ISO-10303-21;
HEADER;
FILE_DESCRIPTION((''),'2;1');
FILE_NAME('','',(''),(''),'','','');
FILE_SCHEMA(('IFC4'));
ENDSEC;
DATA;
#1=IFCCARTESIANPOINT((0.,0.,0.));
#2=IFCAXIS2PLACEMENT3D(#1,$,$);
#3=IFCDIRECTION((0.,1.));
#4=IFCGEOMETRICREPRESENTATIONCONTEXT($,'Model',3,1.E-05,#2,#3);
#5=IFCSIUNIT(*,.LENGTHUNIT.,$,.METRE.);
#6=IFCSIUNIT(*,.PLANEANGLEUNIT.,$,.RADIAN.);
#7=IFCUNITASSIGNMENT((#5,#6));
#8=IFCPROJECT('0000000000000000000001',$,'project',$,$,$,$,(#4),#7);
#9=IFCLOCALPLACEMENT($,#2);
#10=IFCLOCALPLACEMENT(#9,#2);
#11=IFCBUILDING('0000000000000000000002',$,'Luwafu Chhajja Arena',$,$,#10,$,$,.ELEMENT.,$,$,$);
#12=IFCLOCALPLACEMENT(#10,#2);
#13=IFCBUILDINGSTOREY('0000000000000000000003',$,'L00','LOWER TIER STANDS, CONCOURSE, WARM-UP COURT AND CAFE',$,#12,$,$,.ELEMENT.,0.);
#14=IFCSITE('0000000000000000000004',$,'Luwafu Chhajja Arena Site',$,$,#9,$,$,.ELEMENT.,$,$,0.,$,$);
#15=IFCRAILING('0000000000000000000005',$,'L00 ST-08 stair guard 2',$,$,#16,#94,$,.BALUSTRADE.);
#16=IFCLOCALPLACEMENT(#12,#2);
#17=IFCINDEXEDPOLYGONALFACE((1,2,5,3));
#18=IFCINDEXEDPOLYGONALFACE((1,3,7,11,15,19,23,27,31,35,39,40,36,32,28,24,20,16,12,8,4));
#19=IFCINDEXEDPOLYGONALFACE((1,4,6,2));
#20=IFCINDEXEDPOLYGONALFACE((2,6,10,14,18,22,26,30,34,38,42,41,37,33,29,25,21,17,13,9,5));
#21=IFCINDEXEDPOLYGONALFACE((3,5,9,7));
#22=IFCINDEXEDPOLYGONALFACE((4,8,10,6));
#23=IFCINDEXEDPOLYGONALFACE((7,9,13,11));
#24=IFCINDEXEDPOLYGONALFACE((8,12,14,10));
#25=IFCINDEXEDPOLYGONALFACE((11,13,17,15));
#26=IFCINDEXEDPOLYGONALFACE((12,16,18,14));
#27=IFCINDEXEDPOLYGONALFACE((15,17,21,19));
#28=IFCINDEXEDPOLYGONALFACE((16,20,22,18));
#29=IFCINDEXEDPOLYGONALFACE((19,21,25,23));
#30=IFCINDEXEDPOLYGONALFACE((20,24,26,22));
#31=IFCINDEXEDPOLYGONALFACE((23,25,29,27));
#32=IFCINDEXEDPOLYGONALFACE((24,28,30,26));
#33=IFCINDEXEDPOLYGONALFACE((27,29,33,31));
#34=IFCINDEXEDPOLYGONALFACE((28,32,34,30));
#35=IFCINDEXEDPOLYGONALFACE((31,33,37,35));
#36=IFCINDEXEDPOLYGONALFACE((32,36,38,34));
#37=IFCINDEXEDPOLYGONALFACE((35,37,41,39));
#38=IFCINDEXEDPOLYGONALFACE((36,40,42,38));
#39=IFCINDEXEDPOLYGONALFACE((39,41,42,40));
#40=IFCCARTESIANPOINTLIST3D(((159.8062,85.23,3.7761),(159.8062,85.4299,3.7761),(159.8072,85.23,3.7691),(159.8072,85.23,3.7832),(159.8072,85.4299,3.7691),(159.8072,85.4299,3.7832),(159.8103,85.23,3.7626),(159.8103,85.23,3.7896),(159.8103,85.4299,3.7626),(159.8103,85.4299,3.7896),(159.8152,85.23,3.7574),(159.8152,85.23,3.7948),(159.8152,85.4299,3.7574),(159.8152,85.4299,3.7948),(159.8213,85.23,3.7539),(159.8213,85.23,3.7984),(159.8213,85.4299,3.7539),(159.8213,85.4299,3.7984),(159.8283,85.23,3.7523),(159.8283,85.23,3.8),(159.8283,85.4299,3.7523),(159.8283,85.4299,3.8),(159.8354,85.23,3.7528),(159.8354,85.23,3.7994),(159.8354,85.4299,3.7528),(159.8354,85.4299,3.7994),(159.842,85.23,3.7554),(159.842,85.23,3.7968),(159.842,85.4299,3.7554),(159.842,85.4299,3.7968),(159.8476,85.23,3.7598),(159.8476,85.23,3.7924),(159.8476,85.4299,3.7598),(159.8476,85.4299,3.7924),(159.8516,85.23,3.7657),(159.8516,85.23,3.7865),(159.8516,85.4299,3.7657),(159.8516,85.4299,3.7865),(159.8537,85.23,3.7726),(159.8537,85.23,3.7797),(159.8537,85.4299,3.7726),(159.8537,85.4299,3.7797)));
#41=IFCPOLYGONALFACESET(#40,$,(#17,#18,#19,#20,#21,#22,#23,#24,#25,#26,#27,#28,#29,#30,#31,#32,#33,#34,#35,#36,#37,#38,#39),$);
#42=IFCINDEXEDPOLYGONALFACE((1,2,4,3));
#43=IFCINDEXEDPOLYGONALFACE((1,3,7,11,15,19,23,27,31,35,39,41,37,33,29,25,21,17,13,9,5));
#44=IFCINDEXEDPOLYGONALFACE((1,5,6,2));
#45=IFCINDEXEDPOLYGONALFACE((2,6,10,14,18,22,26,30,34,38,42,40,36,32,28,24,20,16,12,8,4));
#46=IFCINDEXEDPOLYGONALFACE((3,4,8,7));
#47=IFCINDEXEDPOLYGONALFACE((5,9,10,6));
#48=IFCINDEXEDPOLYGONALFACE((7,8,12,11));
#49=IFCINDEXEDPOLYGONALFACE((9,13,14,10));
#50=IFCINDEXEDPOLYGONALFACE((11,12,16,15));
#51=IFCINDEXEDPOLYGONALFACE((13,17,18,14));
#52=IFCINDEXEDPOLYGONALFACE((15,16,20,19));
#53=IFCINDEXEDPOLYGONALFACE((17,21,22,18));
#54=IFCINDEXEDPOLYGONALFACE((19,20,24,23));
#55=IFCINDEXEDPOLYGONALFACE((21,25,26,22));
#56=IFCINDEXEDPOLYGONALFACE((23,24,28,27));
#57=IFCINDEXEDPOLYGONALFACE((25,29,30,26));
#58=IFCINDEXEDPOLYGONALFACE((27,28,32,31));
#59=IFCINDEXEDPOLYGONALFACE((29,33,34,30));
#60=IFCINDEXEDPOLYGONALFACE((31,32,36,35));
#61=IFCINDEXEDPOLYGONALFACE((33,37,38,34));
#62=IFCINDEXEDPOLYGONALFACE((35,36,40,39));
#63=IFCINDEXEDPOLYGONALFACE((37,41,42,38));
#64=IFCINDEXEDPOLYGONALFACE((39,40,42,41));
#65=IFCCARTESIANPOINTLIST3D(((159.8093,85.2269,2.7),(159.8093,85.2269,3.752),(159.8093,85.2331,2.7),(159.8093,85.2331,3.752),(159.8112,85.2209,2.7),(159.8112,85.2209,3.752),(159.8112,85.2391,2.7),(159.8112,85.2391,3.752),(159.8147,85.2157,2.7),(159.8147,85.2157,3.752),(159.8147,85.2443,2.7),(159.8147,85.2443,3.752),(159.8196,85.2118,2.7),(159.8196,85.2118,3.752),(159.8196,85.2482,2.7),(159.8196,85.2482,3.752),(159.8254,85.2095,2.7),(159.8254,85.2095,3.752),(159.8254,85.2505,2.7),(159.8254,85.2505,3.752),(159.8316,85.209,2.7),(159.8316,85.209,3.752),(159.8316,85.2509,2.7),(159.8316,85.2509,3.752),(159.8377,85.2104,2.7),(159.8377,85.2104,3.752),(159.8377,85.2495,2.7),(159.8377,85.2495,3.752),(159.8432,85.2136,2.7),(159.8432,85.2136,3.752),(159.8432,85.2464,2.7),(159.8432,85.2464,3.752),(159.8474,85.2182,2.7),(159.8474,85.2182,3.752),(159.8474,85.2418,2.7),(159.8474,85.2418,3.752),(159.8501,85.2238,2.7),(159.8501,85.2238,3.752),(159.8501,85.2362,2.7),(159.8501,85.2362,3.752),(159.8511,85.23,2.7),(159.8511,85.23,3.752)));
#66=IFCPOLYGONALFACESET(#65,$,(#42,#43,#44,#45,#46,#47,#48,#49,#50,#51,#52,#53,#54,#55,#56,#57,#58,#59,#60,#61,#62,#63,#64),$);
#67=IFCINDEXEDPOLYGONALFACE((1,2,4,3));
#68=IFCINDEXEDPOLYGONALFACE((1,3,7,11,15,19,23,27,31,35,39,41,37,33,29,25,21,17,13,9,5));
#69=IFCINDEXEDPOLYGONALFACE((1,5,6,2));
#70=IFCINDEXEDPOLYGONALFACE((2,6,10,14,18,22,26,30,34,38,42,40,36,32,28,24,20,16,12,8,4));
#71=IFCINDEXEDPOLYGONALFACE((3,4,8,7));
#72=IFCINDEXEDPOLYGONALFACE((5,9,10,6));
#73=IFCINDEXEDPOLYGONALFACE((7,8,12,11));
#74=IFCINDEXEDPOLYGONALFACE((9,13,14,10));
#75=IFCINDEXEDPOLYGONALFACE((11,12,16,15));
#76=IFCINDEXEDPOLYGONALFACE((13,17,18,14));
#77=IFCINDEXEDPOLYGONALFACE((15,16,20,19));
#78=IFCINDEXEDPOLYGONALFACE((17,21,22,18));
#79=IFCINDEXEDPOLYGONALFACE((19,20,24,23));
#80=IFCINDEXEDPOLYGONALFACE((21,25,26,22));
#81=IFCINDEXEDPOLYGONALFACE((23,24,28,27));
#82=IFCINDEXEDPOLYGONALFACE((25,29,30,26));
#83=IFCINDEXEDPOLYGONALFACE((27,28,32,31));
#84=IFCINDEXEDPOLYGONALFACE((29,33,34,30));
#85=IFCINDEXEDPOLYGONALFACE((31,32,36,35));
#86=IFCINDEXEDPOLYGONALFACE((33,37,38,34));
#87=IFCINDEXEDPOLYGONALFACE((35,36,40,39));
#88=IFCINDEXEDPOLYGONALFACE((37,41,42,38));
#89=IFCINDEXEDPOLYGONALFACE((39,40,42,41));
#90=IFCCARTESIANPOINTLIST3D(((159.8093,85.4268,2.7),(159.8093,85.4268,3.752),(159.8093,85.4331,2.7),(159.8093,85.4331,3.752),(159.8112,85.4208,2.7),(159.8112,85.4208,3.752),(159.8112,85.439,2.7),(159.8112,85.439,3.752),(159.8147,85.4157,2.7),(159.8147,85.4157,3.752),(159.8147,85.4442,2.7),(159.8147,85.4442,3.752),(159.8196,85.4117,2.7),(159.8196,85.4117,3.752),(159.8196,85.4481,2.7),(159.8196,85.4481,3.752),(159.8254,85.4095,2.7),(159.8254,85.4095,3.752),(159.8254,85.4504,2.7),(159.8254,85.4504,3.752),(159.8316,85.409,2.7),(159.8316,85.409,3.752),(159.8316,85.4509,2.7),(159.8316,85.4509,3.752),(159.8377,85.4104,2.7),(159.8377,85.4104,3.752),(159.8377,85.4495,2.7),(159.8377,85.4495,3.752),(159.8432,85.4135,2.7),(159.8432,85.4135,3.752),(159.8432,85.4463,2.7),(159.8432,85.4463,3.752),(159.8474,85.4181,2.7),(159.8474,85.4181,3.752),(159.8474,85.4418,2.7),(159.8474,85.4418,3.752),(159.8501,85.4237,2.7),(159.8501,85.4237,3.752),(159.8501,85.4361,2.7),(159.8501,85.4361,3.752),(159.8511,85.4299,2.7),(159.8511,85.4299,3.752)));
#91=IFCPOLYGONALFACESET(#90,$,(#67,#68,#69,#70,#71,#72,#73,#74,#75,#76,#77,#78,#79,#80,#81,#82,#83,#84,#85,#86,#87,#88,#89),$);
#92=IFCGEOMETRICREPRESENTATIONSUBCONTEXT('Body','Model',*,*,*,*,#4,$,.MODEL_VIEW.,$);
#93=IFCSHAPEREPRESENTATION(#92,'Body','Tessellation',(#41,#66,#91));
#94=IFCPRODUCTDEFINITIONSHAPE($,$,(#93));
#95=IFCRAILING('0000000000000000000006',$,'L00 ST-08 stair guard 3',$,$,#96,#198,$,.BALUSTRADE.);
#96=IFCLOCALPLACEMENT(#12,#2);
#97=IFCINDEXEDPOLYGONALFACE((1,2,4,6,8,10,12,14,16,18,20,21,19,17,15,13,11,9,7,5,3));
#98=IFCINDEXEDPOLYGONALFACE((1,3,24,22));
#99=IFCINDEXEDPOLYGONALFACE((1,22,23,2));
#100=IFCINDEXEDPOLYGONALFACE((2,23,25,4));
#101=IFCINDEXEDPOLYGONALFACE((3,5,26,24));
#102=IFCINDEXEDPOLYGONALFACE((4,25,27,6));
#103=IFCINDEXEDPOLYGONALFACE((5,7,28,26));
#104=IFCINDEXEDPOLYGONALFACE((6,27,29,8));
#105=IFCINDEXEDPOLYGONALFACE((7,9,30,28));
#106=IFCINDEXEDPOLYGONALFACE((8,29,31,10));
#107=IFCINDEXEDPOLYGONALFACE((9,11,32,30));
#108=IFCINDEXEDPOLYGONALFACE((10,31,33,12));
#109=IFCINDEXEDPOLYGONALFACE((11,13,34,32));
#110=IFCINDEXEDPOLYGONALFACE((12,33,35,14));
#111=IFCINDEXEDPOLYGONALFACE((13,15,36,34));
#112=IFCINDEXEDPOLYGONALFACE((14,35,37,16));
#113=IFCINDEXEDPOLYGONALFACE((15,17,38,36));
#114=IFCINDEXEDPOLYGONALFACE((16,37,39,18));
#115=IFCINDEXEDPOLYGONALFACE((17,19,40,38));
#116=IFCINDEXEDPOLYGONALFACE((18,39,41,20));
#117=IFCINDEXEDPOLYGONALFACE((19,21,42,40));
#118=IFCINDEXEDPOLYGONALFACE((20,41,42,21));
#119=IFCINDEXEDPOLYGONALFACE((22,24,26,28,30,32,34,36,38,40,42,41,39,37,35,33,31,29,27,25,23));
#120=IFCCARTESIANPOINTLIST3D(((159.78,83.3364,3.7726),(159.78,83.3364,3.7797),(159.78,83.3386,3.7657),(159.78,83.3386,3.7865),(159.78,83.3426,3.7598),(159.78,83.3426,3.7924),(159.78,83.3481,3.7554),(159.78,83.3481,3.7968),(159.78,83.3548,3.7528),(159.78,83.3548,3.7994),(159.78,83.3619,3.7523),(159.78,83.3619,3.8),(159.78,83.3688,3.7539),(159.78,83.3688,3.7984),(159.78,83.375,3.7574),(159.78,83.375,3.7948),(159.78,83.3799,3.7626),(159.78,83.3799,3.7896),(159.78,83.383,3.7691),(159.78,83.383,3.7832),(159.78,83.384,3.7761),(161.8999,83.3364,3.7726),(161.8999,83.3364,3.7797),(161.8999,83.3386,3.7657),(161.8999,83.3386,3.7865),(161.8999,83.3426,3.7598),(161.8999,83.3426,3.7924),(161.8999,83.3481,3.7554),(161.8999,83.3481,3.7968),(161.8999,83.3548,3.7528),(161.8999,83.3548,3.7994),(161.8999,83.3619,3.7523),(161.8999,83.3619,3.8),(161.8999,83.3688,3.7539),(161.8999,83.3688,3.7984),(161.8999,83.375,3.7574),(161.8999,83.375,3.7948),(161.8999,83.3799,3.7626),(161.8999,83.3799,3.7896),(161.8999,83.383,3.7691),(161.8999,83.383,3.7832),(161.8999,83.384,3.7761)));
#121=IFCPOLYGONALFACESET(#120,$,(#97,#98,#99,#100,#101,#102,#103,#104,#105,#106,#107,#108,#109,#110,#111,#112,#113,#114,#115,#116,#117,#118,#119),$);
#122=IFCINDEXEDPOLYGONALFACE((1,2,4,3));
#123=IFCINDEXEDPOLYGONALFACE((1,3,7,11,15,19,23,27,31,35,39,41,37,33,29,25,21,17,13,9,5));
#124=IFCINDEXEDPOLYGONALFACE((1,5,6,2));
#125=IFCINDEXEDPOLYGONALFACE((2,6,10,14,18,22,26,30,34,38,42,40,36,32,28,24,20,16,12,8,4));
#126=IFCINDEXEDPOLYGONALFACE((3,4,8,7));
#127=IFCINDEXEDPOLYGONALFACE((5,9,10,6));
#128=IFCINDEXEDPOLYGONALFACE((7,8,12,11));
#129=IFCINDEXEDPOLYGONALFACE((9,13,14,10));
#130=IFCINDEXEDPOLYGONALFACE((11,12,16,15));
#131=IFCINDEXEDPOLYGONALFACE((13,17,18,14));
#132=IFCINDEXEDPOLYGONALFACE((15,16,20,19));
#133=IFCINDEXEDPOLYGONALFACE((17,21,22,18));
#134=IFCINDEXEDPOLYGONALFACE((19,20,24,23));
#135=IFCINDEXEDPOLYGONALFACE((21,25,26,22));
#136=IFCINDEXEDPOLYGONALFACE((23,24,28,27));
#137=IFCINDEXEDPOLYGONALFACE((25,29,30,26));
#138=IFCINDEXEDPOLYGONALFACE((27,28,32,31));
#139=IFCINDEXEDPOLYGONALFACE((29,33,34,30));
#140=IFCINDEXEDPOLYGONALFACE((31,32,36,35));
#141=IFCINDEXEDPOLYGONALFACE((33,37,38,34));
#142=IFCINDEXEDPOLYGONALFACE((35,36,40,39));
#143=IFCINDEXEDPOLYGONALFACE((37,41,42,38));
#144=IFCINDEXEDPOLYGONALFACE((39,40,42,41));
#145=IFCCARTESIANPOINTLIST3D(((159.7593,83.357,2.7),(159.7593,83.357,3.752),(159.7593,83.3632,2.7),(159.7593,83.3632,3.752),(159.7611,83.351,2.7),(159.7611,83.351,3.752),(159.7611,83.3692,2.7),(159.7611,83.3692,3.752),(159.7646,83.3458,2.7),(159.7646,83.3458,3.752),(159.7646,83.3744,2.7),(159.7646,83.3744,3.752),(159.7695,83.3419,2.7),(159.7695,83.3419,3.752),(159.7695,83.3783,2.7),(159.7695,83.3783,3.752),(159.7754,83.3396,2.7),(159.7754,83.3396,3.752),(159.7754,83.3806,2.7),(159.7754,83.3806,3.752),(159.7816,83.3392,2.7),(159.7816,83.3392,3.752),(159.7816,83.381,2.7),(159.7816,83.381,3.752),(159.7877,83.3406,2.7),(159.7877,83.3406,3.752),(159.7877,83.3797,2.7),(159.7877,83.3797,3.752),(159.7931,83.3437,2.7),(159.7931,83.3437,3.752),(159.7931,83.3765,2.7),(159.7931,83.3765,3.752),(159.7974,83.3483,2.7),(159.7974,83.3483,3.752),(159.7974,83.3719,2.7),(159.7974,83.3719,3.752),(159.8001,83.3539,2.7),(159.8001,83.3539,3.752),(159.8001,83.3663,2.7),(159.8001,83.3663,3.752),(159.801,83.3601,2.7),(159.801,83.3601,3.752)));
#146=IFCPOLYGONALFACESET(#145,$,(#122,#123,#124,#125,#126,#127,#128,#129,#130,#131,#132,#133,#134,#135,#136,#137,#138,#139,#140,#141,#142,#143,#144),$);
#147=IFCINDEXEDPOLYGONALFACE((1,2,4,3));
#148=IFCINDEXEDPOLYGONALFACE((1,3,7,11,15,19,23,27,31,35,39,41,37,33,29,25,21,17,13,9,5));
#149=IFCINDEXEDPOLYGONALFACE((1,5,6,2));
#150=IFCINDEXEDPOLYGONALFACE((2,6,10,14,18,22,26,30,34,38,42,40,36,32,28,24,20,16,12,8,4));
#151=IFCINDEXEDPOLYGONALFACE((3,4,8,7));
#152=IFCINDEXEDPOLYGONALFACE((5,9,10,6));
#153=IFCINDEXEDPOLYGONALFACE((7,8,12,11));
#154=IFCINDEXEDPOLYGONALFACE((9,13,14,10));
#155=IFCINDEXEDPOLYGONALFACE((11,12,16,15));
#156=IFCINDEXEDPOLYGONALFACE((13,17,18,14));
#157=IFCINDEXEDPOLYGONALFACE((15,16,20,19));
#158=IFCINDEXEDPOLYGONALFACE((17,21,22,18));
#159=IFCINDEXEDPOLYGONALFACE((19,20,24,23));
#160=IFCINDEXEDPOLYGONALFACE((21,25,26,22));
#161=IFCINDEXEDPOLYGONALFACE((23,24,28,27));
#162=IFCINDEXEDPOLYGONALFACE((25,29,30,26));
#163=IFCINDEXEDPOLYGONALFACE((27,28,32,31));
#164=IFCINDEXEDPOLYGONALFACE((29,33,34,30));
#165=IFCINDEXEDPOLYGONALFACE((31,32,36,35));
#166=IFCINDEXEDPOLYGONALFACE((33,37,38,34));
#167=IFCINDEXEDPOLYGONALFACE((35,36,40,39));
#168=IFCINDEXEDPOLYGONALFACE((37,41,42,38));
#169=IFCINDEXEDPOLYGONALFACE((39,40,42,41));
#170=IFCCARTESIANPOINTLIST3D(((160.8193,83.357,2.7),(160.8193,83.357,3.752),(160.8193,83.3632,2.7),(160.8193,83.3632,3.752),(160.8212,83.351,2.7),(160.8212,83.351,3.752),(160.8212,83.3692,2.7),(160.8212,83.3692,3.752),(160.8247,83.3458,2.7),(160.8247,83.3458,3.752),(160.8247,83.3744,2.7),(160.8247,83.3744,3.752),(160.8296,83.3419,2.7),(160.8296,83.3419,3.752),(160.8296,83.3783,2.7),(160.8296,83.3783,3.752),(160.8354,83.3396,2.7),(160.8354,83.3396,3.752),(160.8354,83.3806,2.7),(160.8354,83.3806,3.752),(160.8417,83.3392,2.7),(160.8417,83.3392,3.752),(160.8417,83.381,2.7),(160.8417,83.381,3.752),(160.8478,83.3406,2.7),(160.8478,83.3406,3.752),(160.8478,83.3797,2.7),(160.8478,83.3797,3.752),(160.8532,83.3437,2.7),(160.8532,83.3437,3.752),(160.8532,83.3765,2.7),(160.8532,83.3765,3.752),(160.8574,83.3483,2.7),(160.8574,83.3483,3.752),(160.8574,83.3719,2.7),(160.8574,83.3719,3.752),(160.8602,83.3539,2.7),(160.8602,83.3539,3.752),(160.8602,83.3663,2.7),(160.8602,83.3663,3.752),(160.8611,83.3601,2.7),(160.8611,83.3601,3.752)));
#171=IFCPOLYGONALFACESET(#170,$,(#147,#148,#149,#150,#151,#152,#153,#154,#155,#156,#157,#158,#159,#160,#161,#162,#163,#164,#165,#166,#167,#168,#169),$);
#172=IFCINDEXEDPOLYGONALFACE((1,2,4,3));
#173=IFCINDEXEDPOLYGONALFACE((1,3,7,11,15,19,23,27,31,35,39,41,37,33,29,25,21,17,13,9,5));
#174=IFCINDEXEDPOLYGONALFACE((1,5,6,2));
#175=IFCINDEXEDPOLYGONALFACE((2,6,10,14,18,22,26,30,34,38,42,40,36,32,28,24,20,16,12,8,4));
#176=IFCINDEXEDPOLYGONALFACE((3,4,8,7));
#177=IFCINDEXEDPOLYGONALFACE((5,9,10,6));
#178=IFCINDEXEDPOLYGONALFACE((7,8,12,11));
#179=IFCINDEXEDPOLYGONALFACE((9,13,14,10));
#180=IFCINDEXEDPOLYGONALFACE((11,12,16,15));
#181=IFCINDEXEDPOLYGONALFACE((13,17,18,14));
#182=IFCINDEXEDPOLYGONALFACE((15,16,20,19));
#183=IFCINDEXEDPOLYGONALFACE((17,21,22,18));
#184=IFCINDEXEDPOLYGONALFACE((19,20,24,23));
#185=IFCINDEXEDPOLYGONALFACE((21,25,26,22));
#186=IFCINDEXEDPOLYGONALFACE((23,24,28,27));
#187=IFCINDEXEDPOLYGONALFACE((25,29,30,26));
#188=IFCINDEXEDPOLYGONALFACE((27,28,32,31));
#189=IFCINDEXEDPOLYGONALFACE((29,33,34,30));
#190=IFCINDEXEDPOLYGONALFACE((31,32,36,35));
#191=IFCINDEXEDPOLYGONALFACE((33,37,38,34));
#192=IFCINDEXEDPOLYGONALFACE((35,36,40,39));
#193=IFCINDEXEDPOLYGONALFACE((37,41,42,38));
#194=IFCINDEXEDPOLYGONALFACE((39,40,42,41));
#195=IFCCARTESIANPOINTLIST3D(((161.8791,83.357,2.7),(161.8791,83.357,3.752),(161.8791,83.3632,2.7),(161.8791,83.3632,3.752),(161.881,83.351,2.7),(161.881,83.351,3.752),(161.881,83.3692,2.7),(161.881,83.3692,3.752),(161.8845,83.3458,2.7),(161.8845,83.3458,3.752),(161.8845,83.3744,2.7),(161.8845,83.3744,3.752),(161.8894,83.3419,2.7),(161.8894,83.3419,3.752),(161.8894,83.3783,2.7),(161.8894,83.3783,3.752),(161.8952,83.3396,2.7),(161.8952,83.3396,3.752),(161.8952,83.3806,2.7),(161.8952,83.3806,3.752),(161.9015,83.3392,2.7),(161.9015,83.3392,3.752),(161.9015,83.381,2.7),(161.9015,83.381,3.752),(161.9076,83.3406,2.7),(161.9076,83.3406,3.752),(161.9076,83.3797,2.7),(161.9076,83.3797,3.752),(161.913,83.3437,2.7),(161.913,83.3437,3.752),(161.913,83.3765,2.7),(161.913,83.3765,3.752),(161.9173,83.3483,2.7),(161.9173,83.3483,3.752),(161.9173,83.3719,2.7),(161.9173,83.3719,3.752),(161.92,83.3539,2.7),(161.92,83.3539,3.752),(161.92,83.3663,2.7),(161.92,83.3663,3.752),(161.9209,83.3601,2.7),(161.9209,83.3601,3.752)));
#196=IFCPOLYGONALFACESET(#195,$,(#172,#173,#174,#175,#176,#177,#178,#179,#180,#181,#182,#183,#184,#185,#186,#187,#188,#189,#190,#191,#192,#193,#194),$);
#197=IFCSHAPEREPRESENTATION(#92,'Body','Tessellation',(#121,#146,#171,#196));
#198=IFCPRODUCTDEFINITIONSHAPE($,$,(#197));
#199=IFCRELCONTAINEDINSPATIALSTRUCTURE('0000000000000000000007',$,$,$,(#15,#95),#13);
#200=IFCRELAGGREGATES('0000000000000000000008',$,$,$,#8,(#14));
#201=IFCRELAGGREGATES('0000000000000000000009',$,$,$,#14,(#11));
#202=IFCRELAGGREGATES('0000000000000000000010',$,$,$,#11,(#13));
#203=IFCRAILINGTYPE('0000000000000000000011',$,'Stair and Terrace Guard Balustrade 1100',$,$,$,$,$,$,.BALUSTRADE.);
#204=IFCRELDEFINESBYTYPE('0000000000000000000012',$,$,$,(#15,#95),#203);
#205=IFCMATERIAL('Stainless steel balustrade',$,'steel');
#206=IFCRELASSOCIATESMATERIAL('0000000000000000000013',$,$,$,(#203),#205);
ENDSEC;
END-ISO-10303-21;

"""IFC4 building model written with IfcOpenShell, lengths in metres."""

from ifc_helpers import new_model, si_unit, direction, frame, origin, origin_2d, place, context, subcontext, project, spatial, circle, extrude, material, type_object, element, save


model = new_model("IFC4")

# Units and contexts
model_context = context("Model", 3, precision=1e-05, world=origin(), true_north=direction((0.0, 1.0)))
body_context = subcontext(model_context, "Body", "Model", "MODEL_VIEW")
ifc_project = project(units=[si_unit("LENGTHUNIT", "METRE"), si_unit("PLANEANGLEUNIT", "RADIAN")], contexts=[model_context])

# Site, building, storey
site_placement = place(None, origin())
site = spatial("IfcSite", under=ifc_project, at=site_placement, Name="Luwafu Chhajja Arena Site", CompositionType="ELEMENT", RefElevation=0.0)
building_placement = place(site_placement, origin())
building = spatial("IfcBuilding", under=site, at=building_placement, Name="Luwafu Chhajja Arena", CompositionType="ELEMENT")
storey_placement = place(building_placement, origin())
storey = spatial("IfcBuildingStorey", under=building, at=storey_placement, Name="L00", Description="LOWER TIER STANDS, CONCOURSE, WARM-UP COURT AND CAFE", CompositionType="ELEMENT", Elevation=0.0)

# Railings
ifc_material_1 = material(Name="Stainless steel balustrade", Category="steel")
railing_type_1 = type_object("IfcRailingType", Name="Stair and Terrace Guard Balustrade 1100", PredefinedType="BALUSTRADE", material=ifc_material_1)
railing_1_placement = place(storey_placement, frame((159.8301, 85.23, 2.7)))
element("IfcRailing", 1, at=railing_1_placement, inside=storey, type_object=railing_type_1, Name="L00 ST-08 stair guard 2", PredefinedType="BALUSTRADE", context=body_context, shape_type="SweptSolid", body=[
    extrude(circle(Radius=0.0239, at=origin_2d()), frame((0.0, 0.0, 1.0762), z_axis=(0.0, 1.0, 0.0), x_axis=(-1.0, 0.0, 0.0)), (0.0, 0.0, 1.0), 0.2),
    extrude(circle(Radius=0.021, at=origin_2d()), origin(), (0.0, 0.0, 1.0), 1.052),
    extrude(circle(Radius=0.021, at=origin_2d()), frame((0.0, 0.2, 0.0)), (0.0, 0.0, 1.0), 1.052),
])
for number, where, name in (
    (2, (159.78, 83.3601, 2.7), "L00 ST-08 stair guard 3"),
):
    element("IfcRailing", number, at=place(storey_placement, frame(where)), inside=storey, type_object=railing_type_1, Name=name, PredefinedType="BALUSTRADE", context=body_context, shape_type="SweptSolid", body=[
        extrude(circle(Radius=0.0239, at=origin_2d()), frame((0.0, 0.0, 1.0762), z_axis=(1.0, 0.0, 0.0), x_axis=(0.0, 1.0, 0.0)), (0.0, 0.0, 1.0), 2.1199),
        extrude(circle(Radius=0.021, at=origin_2d()), origin(), (0.0, 0.0, 1.0), 1.052),
        extrude(circle(Radius=0.021, at=origin_2d()), frame((1.0601, 0.0, 0.0)), (0.0, 0.0, 1.0), 1.052),
        extrude(circle(Radius=0.021, at=origin_2d()), frame((2.1199, 0.0, 0.0)), (0.0, 0.0, 1.0), 1.052),
    ])

save(model, "model.ifc")
